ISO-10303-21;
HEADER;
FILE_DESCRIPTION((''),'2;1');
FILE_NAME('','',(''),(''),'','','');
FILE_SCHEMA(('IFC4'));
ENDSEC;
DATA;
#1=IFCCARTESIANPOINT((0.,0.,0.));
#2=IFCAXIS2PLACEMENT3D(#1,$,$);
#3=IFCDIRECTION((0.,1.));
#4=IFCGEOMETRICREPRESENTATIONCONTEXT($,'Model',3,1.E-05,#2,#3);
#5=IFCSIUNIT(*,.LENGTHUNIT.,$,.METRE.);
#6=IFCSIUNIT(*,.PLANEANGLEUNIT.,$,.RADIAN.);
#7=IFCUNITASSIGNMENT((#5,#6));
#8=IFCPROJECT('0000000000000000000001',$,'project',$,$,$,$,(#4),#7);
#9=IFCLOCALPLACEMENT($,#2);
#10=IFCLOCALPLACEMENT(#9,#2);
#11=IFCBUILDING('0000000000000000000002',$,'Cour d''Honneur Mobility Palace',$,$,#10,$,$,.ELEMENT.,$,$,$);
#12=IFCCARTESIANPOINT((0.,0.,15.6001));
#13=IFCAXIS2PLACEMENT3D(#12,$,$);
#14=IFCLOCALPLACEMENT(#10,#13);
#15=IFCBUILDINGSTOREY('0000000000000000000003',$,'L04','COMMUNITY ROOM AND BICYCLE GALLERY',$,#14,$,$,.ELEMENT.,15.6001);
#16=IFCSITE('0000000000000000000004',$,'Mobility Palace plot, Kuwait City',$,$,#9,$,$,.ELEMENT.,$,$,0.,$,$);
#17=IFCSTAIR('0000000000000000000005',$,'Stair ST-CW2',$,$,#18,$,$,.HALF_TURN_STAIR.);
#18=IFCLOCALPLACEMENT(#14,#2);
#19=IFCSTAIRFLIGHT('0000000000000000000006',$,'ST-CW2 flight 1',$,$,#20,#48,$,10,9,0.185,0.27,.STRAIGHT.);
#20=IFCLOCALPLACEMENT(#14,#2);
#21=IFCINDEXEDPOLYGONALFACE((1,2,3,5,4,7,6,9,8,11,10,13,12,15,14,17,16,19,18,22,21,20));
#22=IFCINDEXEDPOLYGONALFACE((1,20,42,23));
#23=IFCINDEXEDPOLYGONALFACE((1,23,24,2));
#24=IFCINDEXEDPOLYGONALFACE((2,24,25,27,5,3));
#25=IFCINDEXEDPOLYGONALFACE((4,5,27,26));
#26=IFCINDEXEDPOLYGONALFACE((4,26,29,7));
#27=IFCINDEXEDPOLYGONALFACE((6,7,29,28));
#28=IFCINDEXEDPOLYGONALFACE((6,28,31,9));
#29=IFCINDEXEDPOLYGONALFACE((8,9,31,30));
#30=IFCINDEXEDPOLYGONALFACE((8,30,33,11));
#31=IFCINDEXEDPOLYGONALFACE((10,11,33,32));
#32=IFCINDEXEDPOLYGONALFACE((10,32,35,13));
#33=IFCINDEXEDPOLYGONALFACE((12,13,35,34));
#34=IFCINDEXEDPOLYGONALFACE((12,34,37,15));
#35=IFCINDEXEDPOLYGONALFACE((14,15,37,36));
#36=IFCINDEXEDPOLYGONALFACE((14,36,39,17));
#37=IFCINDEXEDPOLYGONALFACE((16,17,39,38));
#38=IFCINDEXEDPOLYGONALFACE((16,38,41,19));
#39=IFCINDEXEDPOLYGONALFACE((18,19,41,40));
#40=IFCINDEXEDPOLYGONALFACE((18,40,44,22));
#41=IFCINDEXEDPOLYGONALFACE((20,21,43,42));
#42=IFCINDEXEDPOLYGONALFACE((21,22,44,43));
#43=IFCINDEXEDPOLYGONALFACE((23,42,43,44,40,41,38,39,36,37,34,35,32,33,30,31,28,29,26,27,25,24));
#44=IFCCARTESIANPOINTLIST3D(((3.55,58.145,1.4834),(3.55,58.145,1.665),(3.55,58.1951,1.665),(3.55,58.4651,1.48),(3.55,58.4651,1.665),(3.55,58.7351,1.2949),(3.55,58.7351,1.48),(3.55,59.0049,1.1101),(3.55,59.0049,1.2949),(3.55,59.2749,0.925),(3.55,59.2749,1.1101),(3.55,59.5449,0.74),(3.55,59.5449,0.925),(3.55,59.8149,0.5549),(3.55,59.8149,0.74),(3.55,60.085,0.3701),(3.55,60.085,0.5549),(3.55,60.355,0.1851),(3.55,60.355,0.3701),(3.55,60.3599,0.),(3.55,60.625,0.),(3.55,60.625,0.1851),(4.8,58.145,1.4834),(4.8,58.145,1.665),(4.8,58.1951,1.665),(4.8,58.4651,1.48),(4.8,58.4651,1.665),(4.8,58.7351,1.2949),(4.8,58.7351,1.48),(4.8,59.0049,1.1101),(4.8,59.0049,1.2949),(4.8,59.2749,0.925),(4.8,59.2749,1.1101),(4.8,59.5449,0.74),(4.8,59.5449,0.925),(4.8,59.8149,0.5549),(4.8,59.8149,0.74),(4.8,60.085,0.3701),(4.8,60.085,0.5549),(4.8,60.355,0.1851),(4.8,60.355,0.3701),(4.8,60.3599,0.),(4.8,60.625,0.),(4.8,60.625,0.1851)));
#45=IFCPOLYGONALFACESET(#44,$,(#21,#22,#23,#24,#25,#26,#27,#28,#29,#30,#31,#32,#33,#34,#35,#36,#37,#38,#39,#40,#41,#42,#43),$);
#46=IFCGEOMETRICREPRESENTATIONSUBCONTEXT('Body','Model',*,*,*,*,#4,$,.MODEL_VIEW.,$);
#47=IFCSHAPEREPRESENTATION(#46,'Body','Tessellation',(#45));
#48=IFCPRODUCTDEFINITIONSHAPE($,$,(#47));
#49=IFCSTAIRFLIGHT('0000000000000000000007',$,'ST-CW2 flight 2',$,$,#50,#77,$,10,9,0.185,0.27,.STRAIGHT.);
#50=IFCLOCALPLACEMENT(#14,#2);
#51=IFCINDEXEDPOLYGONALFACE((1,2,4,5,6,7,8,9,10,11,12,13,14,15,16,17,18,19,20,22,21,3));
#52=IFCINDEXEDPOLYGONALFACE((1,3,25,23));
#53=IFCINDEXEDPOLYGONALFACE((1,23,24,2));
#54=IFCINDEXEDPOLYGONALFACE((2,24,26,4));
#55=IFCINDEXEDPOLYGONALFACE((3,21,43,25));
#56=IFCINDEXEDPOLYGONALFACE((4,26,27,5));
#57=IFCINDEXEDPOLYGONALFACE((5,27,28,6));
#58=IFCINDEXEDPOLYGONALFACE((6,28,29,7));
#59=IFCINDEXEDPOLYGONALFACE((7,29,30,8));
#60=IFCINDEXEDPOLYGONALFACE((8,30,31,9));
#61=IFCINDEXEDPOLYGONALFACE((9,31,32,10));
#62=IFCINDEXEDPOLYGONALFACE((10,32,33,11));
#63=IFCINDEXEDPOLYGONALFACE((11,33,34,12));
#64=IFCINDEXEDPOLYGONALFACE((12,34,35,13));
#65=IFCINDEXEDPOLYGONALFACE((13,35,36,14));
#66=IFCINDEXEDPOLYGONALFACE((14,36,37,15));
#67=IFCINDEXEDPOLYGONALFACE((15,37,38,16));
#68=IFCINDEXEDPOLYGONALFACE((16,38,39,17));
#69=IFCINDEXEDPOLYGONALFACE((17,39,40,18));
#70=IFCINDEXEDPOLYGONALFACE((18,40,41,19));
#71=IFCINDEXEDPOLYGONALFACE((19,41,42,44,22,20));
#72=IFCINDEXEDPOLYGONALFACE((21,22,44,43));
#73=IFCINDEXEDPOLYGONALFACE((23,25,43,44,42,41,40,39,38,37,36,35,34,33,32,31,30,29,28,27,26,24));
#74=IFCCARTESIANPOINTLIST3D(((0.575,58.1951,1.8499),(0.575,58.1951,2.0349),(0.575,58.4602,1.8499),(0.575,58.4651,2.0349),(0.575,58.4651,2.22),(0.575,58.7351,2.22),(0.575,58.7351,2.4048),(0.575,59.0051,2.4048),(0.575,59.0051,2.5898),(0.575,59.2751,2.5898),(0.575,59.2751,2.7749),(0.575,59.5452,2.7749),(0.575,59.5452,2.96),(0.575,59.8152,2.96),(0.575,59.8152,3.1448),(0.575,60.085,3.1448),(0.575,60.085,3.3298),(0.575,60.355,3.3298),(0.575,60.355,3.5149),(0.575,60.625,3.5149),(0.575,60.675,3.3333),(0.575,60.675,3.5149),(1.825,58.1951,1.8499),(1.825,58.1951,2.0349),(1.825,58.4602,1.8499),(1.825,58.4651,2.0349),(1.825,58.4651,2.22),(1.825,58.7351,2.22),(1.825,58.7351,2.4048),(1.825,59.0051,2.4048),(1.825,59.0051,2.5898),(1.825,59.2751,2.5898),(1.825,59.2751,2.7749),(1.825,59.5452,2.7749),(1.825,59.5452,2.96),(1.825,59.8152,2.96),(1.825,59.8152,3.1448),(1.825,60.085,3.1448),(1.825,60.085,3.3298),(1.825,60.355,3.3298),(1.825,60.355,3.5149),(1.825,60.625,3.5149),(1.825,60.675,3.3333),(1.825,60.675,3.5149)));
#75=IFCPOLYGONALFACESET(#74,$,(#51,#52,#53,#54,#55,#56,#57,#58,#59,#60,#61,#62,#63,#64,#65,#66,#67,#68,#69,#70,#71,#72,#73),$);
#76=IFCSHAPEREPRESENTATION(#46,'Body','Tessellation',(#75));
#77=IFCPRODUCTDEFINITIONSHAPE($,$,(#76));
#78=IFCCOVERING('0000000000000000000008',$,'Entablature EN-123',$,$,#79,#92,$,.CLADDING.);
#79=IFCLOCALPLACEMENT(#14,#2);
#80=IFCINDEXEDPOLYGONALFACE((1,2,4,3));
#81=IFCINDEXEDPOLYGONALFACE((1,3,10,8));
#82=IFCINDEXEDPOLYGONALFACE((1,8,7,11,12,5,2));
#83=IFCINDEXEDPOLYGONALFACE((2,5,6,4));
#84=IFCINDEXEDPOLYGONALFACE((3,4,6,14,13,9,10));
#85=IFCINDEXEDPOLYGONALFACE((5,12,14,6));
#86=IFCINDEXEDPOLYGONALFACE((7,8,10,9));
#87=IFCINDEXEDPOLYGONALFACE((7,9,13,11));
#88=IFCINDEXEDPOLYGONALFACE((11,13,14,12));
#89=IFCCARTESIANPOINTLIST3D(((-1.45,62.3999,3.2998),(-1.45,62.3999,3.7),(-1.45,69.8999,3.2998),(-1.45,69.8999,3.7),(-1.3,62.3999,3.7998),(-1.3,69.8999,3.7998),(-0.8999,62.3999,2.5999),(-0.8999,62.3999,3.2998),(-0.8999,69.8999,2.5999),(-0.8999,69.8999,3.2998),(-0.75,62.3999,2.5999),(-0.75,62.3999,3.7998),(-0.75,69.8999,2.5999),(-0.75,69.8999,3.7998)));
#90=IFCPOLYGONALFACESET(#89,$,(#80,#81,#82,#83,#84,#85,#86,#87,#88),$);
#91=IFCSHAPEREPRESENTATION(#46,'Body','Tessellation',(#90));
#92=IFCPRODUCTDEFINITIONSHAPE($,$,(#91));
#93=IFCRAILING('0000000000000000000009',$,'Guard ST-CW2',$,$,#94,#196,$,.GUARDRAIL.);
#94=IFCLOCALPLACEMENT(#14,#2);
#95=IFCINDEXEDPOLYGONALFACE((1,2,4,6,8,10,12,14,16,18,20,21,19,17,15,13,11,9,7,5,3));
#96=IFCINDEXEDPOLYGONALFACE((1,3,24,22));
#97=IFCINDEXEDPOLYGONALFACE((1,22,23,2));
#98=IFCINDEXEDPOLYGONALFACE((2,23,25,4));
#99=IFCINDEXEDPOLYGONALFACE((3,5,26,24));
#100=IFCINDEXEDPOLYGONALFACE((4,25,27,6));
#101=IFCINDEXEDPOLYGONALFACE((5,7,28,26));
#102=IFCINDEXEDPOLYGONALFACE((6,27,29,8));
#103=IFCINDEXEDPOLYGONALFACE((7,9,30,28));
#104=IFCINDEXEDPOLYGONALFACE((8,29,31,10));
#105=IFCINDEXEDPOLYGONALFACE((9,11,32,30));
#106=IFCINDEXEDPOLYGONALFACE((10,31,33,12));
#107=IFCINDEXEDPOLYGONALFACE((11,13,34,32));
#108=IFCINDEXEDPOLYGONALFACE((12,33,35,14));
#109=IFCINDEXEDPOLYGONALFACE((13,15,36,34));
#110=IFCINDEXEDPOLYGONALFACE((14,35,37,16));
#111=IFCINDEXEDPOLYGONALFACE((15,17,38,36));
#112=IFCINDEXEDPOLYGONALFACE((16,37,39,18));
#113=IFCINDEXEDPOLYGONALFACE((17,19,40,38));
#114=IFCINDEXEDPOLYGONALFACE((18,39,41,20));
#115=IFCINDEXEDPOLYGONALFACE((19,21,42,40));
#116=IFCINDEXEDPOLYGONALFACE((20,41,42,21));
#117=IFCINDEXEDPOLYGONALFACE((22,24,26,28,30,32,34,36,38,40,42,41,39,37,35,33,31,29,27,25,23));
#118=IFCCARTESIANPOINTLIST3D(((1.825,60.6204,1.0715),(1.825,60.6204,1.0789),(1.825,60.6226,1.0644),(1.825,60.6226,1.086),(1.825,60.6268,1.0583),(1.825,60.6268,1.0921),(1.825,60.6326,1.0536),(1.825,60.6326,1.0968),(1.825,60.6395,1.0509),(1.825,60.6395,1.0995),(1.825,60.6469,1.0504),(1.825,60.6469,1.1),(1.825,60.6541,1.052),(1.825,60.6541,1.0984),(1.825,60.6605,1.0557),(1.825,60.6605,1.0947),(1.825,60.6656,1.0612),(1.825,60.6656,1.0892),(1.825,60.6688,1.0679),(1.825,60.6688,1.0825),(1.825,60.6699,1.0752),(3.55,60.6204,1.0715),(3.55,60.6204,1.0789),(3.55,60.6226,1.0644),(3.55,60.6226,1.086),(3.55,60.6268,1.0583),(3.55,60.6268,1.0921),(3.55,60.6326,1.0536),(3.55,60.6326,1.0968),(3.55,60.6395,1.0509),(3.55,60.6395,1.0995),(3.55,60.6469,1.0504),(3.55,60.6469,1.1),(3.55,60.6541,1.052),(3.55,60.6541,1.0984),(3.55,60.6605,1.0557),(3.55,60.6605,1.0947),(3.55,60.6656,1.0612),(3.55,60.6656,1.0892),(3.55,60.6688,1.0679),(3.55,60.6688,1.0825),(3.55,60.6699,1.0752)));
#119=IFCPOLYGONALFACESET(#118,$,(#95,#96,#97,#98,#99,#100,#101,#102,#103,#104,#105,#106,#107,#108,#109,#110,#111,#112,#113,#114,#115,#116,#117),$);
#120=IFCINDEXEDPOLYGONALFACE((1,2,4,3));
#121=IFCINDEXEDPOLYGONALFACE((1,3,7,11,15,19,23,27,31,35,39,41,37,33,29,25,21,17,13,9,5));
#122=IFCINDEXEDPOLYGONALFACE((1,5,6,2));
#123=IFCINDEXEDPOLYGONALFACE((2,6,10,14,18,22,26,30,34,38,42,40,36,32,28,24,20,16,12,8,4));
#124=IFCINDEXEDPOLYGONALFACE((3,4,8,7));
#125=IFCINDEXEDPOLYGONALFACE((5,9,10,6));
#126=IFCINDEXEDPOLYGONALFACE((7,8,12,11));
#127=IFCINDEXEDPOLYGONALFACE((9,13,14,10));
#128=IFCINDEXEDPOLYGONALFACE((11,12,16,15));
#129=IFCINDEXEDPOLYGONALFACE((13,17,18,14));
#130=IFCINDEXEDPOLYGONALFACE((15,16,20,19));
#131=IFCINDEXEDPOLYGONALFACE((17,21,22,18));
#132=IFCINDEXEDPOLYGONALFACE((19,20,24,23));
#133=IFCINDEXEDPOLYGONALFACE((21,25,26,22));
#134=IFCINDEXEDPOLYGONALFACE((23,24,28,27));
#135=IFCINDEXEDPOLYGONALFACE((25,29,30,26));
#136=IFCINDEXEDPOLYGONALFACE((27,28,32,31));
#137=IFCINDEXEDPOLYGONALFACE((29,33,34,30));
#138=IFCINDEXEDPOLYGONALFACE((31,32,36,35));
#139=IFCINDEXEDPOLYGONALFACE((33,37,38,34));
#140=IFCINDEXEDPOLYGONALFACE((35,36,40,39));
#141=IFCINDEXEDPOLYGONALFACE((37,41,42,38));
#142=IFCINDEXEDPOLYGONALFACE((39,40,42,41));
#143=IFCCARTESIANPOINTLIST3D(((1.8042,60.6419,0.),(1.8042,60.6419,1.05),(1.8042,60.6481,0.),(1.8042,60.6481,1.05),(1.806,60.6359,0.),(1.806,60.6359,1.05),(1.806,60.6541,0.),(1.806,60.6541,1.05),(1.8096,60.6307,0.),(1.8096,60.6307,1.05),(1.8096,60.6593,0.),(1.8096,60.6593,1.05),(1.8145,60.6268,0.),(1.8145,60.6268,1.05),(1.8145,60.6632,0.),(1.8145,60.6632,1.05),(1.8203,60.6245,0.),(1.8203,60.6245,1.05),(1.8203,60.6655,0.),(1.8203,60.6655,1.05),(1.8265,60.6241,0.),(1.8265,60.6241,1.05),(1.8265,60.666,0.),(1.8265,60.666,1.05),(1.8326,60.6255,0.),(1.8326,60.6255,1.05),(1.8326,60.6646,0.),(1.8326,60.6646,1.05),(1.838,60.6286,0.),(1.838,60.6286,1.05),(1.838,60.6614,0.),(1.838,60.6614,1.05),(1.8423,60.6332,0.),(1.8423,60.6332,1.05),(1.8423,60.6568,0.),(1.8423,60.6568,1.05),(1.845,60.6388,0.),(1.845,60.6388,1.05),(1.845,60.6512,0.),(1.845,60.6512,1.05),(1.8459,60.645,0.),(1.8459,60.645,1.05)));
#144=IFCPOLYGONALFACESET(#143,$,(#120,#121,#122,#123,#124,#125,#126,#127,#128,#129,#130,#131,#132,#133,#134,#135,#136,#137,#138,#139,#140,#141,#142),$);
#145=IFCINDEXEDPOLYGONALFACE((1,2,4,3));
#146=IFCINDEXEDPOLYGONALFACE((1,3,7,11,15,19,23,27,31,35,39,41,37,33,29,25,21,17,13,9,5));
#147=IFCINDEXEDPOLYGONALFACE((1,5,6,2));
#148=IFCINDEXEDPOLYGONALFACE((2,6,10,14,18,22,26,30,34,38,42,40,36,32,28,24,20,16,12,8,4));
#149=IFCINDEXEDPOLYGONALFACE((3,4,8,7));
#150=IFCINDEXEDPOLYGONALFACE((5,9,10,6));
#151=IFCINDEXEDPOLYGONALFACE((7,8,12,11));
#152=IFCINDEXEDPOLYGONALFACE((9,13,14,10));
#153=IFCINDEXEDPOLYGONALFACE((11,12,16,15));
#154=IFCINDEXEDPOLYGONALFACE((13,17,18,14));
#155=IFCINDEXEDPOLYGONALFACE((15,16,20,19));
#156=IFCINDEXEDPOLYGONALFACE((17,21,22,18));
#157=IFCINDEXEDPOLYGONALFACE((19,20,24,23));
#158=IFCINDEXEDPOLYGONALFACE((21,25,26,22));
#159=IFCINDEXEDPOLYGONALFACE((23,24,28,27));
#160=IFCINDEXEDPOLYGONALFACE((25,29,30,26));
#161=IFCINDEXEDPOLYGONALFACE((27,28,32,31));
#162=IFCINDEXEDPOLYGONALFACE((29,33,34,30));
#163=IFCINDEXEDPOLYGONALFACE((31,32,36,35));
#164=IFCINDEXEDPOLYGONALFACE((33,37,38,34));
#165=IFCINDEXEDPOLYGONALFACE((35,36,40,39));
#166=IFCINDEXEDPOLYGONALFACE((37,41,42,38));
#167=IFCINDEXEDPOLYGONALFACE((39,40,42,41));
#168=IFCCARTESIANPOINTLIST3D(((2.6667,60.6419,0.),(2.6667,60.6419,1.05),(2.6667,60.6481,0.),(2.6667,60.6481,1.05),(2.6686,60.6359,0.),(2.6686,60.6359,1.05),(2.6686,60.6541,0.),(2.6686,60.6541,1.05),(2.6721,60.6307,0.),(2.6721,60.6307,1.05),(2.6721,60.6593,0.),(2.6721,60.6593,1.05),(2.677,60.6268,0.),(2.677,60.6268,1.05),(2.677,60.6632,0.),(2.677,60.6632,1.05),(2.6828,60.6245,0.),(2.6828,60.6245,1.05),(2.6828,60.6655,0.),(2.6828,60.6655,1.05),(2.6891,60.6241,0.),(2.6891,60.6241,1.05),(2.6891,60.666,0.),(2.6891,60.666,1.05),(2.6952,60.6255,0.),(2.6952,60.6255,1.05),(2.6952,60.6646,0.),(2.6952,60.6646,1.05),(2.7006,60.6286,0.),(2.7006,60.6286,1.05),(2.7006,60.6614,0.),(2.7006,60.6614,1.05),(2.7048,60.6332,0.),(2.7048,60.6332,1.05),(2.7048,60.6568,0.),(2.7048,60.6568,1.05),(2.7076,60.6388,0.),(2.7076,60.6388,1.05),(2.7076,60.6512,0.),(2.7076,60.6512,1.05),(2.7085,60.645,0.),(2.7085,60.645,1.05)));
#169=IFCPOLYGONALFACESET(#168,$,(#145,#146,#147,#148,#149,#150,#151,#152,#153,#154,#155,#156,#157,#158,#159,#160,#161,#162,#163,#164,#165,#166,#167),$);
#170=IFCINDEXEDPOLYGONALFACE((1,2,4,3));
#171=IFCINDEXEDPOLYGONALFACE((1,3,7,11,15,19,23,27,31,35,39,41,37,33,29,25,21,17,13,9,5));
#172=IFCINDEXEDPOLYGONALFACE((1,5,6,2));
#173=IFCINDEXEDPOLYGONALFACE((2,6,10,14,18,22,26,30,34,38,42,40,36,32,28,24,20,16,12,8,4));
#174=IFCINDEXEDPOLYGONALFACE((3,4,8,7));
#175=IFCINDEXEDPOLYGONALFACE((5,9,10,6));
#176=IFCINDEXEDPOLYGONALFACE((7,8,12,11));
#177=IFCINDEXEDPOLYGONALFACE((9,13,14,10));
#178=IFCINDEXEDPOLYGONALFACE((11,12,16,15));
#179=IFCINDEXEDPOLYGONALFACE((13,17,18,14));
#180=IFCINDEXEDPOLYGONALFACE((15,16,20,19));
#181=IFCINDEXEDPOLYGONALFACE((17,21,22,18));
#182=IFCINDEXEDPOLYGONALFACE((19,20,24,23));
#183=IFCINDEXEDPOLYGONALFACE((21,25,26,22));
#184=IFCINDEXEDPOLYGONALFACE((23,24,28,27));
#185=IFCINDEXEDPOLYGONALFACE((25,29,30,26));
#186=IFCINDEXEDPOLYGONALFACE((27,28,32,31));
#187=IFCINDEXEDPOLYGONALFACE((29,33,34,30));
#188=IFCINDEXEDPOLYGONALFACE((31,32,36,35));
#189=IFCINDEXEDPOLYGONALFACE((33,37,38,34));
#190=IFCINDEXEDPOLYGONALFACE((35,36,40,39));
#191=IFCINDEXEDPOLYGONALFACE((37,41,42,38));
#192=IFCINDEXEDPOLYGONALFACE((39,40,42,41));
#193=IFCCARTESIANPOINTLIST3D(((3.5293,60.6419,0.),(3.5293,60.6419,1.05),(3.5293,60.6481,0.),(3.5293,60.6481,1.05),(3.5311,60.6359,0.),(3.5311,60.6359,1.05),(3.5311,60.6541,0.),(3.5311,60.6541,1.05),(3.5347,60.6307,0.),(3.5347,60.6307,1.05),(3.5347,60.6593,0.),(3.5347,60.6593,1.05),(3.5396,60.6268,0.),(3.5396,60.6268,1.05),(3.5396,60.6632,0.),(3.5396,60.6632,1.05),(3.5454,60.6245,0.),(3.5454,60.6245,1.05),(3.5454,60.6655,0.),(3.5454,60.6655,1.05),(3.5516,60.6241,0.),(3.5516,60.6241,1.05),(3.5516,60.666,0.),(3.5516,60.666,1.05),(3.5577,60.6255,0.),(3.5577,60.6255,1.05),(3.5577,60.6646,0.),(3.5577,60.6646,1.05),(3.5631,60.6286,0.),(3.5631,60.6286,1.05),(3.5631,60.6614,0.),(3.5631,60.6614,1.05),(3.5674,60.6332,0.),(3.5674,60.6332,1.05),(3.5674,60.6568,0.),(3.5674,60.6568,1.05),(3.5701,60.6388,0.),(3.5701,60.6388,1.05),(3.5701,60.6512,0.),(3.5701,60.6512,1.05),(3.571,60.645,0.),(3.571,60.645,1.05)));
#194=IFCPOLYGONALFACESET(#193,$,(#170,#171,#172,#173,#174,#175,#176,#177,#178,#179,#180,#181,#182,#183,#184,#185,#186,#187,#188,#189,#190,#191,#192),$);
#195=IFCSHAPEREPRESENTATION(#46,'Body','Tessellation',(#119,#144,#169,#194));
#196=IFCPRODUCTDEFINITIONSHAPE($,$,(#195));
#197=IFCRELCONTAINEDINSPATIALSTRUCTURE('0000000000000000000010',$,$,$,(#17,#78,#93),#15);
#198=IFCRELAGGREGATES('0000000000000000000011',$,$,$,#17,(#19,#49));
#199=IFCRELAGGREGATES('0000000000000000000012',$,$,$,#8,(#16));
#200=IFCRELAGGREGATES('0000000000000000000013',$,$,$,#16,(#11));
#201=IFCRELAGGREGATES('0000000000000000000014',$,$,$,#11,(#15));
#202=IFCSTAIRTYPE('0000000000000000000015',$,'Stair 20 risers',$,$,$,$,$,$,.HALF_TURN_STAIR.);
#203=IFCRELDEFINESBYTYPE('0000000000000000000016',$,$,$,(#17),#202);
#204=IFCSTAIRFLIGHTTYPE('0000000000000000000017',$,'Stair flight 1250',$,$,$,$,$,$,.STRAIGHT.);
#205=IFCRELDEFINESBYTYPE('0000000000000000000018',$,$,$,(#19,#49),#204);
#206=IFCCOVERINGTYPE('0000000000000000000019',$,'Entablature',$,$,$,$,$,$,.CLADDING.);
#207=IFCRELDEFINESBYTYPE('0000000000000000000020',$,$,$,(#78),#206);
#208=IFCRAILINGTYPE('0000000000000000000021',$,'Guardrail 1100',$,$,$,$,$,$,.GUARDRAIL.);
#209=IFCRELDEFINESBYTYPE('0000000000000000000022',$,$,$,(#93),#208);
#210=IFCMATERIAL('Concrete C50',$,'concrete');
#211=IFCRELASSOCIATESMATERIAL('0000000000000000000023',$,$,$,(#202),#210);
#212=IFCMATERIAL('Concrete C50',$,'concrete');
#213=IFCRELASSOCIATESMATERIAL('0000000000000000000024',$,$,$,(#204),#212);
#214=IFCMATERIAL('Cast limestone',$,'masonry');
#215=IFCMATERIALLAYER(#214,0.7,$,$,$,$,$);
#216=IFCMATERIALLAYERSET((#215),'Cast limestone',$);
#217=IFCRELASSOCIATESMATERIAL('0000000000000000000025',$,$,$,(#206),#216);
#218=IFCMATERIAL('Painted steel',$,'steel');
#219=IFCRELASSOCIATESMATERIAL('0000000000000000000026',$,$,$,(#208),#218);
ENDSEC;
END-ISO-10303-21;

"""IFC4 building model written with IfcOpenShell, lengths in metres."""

from ifc_helpers import new_model, si_unit, direction, frame, origin, origin_2d, place, context, subcontext, project, spatial, polyline, circle, outline, extrude, material, layer, layer_set, type_object, element, aggregate, save


model = new_model("IFC4")

# Units and contexts
model_context = context("Model", 3, precision=1e-05, world=origin(), true_north=direction((0.0, 1.0)))
body_context = subcontext(model_context, "Body", "Model", "MODEL_VIEW")
ifc_project = project(units=[si_unit("LENGTHUNIT", "METRE"), si_unit("PLANEANGLEUNIT", "RADIAN")], contexts=[model_context])

# Site, building, storey
site_placement = place(None, origin())
site = spatial("IfcSite", under=ifc_project, at=site_placement, Name="Mobility Palace plot, Kuwait City", CompositionType="ELEMENT", RefElevation=0.0)
building_placement = place(site_placement, origin())
building = spatial("IfcBuilding", under=site, at=building_placement, Name="Cour d'Honneur Mobility Palace", CompositionType="ELEMENT")
storey_placement = place(building_placement, frame((0.0, 0.0, 15.6001)))
storey = spatial("IfcBuildingStorey", under=building, at=storey_placement, Name="L04", Description="COMMUNITY ROOM AND BICYCLE GALLERY", CompositionType="ELEMENT", Elevation=15.6001)

# Stair, stair flights
ifc_material_1 = material(Name="Concrete C50", Category="concrete")
stair_type = type_object("IfcStairType", Name="Stair 20 risers", PredefinedType="HALF_TURN_STAIR", material=ifc_material_1)
stair_placement = place(storey_placement, origin())
stair = element("IfcStair", 1, at=stair_placement, inside=storey, type_object=stair_type, Name="Stair ST-CW2", PredefinedType="HALF_TURN_STAIR")
ifc_material_2 = material(Name="Concrete C50", Category="concrete")
stair_flight_type = type_object("IfcStairFlightType", Name="Stair flight 1250", PredefinedType="STRAIGHT", material=ifc_material_2)
stair_flight_1_placement = place(storey_placement, frame((4.175, 60.625, 0.0), z_axis=(0.0, 0.0, 1.0), x_axis=(0.0, -1.0, 0.0)))
stair_flight_1 = element("IfcStairFlight", 2, at=stair_flight_1_placement, type_object=stair_flight_type, Name="ST-CW2 flight 1", NumberOfRisers=10, NumberOfTreads=9, PredefinedType="STRAIGHT", RiserHeight=0.185, TreadLength=0.27, context=body_context, shape_type="SweptSolid", body=[
    extrude(outline(polyline([(0.0, 0.0), (0.0, 0.1851), (0.27, 0.1851), (0.27, 0.3701), (0.54, 0.3701), (0.54, 0.5549), (0.8101, 0.5549), (0.8101, 0.74), (1.0801, 0.74), (1.0801, 0.925), (1.3501, 0.925), (1.3501, 1.1101), (1.6201, 1.1101), (1.6201, 1.2949), (1.8899, 1.2949), (1.8899, 1.48), (2.1599, 1.48), (2.1599, 1.665), (2.4299, 1.665), (2.48, 1.665), (2.48, 1.4834), (0.2651, 0.0), (0.0, 0.0)])), frame((0.0, 0.625, 0.0), z_axis=(0.0, -1.0, 0.0), x_axis=(1.0, 0.0, 0.0)), (0.0, 0.0, 1.0), 1.25),
])
stair_flight_2_placement = place(storey_placement, frame((1.2, 58.1951, 1.8499), z_axis=(0.0, 0.0, 1.0), x_axis=(0.0, 1.0, 0.0)))
stair_flight_2 = element("IfcStairFlight", 3, at=stair_flight_2_placement, type_object=stair_flight_type, Name="ST-CW2 flight 2", NumberOfRisers=10, NumberOfTreads=9, PredefinedType="STRAIGHT", RiserHeight=0.185, TreadLength=0.27, context=body_context, shape_type="SweptSolid", body=[
    extrude(outline(polyline([(0.0, 0.0), (0.0, 0.1851), (0.27, 0.1851), (0.27, 0.3701), (0.54, 0.3701), (0.54, 0.5549), (0.8101, 0.5549), (0.8101, 0.74), (1.0801, 0.74), (1.0801, 0.925), (1.3501, 0.925), (1.3501, 1.1101), (1.6201, 1.1101), (1.6201, 1.2949), (1.8899, 1.2949), (1.8899, 1.48), (2.1599, 1.48), (2.1599, 1.665), (2.4299, 1.665), (2.48, 1.665), (2.48, 1.4834), (0.2651, 0.0), (0.0, 0.0)])), frame((0.0, 0.625, 0.0), z_axis=(0.0, -1.0, 0.0), x_axis=(1.0, 0.0, 0.0)), (0.0, 0.0, 1.0), 1.25),
])
aggregate(stair, [stair_flight_1, stair_flight_2])

# Covering
ifc_material_3 = material(Name="Cast limestone", Category="masonry")
ifc_layer_1 = layer(ifc_material_3, 0.7)
ifc_layer_set_1 = layer_set([ifc_layer_1], Name="Cast limestone")
covering_type_1 = type_object("IfcCoveringType", Name="Entablature", PredefinedType="CLADDING", material=ifc_layer_set_1)
covering_1_placement = place(storey_placement, frame((-0.75, 69.8999, 2.5999), z_axis=(0.0, 1.0, 0.0), x_axis=(-1.0, 0.0, 0.0)))
element("IfcCovering", 4, at=covering_1_placement, inside=storey, type_object=covering_type_1, Name="Entablature EN-123", PredefinedType="CLADDING", context=body_context, shape_type="SweptSolid", body=[
    extrude(outline(polyline([(0.0, 0.0), (0.1499, 0.0), (0.1499, 0.7), (0.7, 0.7), (0.7, 1.1001), (0.55, 1.2), (0.0, 1.2), (0.0, 0.0)])), origin(), (0.0, 0.0, -1.0), 7.5),
])

# Railing
ifc_material_4 = material(Name="Painted steel", Category="steel")
railing_type_1 = type_object("IfcRailingType", Name="Guardrail 1100", PredefinedType="GUARDRAIL", material=ifc_material_4)
railing_1_placement = place(storey_placement, frame((1.825, 60.645, 0.0)))
element("IfcRailing", 5, at=railing_1_placement, inside=storey, type_object=railing_type_1, Name="Guard ST-CW2", PredefinedType="GUARDRAIL", context=body_context, shape_type="SweptSolid", body=[
    extrude(circle(Radius=0.0249, at=origin_2d()), frame((0.0, 0.0, 1.0752), z_axis=(1.0, 0.0, 0.0), x_axis=(0.0, 1.0, 0.0)), (0.0, 0.0, 1.0), 1.7251),
    extrude(circle(Radius=0.021, at=origin_2d()), origin(), (0.0, 0.0, 1.0), 1.05),
    extrude(circle(Radius=0.021, at=origin_2d()), frame((0.8625, 0.0, 0.0)), (0.0, 0.0, 1.0), 1.05),
    extrude(circle(Radius=0.021, at=origin_2d()), frame((1.7251, 0.0, 0.0)), (0.0, 0.0, 1.0), 1.05),
])

save(model, "model.ifc")
